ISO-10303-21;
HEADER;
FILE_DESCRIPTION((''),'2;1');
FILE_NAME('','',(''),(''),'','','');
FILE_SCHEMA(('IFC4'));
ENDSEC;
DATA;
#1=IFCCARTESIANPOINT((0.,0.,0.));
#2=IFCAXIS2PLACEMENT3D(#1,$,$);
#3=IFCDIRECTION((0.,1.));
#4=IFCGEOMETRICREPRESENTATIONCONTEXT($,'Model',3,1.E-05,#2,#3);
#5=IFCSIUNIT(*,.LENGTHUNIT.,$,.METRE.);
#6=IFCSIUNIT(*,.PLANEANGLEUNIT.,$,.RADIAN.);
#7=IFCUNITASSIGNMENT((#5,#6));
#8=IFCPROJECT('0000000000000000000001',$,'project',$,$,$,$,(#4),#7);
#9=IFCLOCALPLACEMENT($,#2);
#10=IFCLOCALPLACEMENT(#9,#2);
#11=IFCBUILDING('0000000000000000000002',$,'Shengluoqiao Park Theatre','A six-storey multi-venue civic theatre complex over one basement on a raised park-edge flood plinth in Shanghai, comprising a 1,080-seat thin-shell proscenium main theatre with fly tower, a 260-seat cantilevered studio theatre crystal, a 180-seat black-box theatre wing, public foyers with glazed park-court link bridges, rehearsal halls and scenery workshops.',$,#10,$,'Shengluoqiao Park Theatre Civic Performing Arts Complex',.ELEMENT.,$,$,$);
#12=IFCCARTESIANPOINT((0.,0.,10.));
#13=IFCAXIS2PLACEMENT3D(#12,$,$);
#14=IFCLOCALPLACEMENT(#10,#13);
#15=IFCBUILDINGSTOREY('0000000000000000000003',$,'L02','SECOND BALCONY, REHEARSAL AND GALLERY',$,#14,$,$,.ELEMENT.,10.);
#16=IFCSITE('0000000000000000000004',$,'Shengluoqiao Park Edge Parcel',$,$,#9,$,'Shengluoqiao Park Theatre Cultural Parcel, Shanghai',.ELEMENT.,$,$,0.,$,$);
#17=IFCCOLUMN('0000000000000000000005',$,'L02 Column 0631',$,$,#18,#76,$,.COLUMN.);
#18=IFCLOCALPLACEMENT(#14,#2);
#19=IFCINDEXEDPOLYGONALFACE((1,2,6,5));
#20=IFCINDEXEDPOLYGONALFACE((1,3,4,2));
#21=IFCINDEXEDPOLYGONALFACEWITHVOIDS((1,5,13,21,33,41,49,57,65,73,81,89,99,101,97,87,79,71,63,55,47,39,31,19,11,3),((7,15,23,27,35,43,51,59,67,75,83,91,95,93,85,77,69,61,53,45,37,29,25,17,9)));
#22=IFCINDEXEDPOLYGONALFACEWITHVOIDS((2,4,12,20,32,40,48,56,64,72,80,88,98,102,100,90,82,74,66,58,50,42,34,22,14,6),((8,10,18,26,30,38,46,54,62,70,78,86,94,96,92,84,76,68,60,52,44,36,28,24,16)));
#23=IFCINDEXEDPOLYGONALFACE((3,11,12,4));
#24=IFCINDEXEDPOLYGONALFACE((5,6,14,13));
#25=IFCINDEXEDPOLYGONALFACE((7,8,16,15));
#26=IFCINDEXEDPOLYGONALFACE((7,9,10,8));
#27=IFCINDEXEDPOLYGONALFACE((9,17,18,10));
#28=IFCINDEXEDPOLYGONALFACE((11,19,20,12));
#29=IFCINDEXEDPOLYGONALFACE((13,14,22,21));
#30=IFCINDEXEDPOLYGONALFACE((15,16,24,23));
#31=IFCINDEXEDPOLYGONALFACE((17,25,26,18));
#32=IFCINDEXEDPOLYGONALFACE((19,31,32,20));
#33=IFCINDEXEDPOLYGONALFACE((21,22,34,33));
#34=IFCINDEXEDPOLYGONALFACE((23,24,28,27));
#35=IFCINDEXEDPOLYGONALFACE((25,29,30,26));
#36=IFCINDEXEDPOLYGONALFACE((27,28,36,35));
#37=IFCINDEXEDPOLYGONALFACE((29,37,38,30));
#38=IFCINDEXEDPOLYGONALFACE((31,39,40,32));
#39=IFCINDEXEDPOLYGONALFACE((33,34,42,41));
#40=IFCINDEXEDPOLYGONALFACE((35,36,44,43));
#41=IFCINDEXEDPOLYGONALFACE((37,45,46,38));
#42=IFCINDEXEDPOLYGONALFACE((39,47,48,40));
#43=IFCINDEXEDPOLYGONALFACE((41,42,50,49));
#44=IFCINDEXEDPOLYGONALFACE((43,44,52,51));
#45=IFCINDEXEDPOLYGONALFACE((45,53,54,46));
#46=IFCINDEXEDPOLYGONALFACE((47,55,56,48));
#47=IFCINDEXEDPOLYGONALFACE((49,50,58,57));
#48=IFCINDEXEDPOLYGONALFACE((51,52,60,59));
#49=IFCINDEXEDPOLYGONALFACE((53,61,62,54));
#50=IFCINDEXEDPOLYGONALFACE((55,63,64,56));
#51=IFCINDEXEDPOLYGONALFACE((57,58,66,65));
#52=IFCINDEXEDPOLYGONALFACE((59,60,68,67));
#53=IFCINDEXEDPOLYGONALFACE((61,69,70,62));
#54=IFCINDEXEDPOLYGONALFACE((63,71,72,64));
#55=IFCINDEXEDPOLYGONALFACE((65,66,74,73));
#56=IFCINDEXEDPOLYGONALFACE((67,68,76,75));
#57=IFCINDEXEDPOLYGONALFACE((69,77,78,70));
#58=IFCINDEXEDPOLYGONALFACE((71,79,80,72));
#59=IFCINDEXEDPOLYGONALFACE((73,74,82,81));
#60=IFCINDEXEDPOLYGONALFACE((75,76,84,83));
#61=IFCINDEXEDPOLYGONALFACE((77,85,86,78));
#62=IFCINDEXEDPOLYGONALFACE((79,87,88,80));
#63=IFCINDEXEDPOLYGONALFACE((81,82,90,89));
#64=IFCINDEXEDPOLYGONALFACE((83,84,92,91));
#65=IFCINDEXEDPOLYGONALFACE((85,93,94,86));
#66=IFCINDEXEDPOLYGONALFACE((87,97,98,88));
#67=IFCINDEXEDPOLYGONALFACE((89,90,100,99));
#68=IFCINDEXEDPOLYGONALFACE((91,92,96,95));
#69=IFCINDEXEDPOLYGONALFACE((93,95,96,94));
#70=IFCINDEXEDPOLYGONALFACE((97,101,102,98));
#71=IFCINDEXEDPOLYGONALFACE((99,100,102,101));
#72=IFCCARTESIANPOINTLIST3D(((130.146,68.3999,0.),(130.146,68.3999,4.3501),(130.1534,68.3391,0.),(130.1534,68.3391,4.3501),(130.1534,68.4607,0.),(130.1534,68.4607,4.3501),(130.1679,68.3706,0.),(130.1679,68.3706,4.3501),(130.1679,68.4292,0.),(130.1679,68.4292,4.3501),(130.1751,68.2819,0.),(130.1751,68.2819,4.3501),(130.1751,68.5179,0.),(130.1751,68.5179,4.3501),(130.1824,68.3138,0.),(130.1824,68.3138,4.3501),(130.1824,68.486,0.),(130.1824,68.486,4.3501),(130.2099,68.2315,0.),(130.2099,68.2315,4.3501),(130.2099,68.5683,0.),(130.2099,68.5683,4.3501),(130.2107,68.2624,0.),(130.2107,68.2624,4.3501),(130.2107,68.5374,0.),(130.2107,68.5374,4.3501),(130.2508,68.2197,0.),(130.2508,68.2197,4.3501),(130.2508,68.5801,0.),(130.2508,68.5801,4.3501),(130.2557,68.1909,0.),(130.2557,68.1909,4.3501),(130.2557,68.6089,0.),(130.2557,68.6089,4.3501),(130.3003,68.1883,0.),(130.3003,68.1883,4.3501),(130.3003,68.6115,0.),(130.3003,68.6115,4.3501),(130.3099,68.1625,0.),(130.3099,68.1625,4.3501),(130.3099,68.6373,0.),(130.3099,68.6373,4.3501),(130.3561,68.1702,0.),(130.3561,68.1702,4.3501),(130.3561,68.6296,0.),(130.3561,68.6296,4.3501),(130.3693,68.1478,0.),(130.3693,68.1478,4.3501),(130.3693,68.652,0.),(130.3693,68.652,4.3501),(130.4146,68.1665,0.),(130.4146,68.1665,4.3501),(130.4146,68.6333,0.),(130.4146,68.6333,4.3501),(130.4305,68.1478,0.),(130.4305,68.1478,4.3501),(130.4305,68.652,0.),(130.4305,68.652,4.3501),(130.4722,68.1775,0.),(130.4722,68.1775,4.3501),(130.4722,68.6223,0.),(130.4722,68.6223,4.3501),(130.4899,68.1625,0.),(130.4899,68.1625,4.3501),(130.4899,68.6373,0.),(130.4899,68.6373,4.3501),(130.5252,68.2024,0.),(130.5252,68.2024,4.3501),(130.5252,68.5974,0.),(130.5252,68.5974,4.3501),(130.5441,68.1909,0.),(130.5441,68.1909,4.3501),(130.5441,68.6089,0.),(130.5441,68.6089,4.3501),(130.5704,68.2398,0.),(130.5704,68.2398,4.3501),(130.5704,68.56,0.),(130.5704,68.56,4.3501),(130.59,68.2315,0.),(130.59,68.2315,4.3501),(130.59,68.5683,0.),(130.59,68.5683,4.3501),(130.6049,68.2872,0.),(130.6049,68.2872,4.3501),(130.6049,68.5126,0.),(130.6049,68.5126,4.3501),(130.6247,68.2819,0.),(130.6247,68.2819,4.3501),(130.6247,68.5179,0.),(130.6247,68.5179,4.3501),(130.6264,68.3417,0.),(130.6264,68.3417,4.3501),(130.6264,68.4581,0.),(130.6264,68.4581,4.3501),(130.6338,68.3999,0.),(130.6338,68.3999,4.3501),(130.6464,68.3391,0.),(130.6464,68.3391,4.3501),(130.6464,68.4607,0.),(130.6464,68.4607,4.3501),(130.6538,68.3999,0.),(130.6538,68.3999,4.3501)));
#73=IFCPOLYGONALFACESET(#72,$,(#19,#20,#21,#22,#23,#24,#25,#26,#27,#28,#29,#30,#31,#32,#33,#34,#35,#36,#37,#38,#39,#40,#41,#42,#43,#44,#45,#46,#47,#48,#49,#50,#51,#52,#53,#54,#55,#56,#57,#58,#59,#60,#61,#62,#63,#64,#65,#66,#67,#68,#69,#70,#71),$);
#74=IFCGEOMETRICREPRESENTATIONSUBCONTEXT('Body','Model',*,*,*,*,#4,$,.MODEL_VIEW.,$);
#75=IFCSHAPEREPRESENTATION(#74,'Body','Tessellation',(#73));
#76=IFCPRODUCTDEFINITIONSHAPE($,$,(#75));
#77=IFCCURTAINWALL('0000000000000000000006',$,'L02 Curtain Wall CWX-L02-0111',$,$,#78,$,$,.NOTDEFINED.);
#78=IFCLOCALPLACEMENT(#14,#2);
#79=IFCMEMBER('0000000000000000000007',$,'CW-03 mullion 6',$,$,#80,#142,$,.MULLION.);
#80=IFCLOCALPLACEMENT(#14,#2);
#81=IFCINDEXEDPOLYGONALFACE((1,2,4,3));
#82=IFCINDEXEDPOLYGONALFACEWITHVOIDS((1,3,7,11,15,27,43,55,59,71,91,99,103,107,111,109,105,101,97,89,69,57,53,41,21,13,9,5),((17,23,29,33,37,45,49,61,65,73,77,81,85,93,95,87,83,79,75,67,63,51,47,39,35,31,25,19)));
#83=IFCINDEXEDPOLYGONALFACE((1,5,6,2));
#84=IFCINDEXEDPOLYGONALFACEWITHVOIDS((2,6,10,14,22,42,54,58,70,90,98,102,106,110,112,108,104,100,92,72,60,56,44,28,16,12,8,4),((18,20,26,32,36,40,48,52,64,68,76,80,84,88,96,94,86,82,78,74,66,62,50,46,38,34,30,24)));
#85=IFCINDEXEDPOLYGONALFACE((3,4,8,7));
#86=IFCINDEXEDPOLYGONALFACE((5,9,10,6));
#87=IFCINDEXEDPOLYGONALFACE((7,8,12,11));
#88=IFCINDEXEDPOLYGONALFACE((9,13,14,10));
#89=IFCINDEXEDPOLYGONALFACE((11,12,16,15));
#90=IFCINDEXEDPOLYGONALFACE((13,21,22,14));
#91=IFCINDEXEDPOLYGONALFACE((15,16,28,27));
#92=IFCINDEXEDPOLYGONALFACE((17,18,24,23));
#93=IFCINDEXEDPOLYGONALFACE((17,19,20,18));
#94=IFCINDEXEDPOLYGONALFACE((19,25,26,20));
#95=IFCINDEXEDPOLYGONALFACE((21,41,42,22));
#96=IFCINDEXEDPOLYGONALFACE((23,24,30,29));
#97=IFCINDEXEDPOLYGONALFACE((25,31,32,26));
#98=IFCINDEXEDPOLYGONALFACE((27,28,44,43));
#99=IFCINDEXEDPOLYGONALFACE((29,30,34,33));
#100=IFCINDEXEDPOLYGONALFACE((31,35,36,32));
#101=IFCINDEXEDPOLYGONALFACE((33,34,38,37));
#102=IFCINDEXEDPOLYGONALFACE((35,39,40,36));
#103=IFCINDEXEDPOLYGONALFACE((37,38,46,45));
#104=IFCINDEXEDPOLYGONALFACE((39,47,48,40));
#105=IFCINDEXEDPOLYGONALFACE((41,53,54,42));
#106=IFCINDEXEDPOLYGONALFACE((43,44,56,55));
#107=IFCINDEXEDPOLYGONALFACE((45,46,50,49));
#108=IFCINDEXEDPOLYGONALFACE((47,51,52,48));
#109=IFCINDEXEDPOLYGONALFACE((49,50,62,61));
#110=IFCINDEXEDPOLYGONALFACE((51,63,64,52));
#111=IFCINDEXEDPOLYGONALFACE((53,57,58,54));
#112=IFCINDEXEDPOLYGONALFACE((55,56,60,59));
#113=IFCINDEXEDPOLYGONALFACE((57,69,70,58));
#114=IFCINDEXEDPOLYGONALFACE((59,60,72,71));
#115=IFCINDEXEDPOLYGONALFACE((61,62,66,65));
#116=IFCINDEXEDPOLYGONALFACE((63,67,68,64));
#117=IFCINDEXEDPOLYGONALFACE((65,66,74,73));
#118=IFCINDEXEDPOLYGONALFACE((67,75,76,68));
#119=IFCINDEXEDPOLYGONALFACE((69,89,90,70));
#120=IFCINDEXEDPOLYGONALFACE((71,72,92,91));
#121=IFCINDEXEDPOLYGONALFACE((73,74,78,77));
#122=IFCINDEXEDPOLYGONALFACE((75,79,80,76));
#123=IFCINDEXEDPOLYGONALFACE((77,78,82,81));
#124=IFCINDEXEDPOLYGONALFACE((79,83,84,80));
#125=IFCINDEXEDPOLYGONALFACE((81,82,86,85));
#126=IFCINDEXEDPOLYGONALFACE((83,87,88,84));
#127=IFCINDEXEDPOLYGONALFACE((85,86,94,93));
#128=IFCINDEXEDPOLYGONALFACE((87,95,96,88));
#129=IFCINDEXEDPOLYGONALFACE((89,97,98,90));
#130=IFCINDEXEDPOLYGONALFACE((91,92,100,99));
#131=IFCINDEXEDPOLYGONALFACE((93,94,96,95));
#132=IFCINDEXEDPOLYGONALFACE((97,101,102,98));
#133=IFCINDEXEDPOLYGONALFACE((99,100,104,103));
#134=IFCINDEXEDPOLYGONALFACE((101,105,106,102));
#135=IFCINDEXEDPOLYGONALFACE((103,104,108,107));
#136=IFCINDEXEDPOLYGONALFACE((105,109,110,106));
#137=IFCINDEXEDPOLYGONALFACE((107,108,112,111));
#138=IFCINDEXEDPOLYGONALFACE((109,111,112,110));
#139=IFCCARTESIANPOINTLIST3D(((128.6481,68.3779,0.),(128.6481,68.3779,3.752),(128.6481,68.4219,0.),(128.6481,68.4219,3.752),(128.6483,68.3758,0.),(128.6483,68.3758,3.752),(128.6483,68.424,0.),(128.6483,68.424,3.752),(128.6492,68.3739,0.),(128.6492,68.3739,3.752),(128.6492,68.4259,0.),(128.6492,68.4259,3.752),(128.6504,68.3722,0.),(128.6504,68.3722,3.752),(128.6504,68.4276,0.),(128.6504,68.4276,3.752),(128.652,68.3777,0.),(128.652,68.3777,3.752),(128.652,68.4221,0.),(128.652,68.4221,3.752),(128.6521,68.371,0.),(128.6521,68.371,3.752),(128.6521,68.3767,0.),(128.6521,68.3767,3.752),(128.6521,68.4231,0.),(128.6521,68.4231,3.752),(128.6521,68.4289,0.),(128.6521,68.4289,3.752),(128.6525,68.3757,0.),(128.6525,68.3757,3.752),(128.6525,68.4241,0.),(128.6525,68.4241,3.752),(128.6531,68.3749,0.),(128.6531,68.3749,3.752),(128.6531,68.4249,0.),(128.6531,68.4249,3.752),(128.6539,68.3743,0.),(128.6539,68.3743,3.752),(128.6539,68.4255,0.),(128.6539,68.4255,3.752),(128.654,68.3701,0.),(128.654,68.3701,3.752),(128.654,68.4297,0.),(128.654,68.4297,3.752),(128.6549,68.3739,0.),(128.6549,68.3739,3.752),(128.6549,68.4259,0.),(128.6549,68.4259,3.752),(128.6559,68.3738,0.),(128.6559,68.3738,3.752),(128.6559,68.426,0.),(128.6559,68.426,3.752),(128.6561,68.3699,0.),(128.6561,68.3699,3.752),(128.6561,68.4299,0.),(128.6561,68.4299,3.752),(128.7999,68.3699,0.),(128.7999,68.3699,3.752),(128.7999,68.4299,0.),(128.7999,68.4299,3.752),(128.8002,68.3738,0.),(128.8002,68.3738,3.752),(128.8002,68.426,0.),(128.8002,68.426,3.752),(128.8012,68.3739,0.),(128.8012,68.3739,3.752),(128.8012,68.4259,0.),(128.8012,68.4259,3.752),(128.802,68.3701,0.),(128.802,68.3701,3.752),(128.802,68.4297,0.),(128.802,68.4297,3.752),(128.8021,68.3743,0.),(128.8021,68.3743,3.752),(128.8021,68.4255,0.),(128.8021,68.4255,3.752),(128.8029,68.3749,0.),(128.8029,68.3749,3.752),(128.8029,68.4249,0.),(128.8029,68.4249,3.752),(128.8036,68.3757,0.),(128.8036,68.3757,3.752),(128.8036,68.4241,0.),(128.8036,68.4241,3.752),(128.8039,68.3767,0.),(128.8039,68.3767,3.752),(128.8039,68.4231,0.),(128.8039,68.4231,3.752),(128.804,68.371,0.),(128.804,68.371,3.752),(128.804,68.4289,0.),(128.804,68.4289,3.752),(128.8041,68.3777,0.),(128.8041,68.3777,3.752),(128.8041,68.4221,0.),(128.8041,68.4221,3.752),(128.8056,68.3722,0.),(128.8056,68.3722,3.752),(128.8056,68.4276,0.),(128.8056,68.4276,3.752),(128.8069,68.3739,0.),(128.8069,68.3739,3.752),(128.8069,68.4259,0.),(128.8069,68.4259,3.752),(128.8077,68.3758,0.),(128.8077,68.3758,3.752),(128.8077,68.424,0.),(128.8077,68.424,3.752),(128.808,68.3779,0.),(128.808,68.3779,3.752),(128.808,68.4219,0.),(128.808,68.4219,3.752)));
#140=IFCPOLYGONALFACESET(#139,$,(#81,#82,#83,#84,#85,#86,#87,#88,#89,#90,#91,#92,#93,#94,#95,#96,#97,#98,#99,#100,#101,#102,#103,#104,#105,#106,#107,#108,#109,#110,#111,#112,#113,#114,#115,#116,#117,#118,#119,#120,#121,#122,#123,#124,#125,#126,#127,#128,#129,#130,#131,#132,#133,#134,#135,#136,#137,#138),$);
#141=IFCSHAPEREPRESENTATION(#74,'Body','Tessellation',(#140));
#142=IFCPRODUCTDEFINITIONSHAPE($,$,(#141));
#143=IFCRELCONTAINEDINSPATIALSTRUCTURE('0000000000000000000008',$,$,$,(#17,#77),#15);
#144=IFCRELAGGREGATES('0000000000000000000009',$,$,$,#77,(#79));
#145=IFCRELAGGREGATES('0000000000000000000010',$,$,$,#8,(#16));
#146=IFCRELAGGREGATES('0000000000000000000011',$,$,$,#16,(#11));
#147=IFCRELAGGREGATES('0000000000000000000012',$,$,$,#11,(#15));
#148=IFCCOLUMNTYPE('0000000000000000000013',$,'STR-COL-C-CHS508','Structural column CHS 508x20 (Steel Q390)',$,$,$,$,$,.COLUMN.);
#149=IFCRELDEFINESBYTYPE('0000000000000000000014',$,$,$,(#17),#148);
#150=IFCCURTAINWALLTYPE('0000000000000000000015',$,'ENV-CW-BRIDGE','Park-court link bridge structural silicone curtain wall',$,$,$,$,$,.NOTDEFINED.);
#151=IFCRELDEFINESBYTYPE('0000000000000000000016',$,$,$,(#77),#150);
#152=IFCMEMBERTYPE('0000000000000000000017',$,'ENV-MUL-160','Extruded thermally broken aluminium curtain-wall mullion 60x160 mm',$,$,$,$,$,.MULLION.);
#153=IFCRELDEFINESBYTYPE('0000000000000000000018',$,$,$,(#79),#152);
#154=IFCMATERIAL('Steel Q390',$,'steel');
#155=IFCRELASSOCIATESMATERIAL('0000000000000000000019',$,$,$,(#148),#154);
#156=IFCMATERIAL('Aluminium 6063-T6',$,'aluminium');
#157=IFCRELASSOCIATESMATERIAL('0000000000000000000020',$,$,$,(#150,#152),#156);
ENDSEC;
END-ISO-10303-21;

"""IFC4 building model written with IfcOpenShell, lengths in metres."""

from ifc_helpers import new_model, si_unit, direction, frame, origin, origin_2d, place, context, subcontext, project, spatial, hollow_rectangle, hollow_circle, extrude, material, material_profile, profile_set, type_object, element, aggregate, save


model = new_model("IFC4")

# Units and contexts
model_context = context("Model", 3, precision=1e-05, world=origin(), true_north=direction((0.0, 1.0)))
body_context = subcontext(model_context, "Body", "Model", "MODEL_VIEW")
ifc_project = project(units=[si_unit("LENGTHUNIT", "METRE"), si_unit("PLANEANGLEUNIT", "RADIAN")], contexts=[model_context])

# Site, building, storey
site_placement = place(None, origin())
site = spatial("IfcSite", under=ifc_project, at=site_placement, Name="Shengluoqiao Park Edge Parcel", LongName="Shengluoqiao Park Theatre Cultural Parcel, Shanghai", CompositionType="ELEMENT", RefElevation=0.0)
building_placement = place(site_placement, origin())
building = spatial("IfcBuilding", under=site, at=building_placement, Name="Shengluoqiao Park Theatre", Description="A six-storey multi-venue civic theatre complex over one basement on a raised park-edge flood plinth in Shanghai, comprising a 1,080-seat thin-shell proscenium main theatre with fly tower, a 260-seat cantilevered studio theatre crystal, a 180-seat black-box theatre wing, public foyers with glazed park-court link bridges, rehearsal halls and scenery workshops.", LongName="Shengluoqiao Park Theatre Civic Performing Arts Complex", CompositionType="ELEMENT")
storey_placement = place(building_placement, frame((0.0, 0.0, 10.0)))
storey = spatial("IfcBuildingStorey", under=building, at=storey_placement, Name="L02", Description="SECOND BALCONY, REHEARSAL AND GALLERY", CompositionType="ELEMENT", Elevation=10.0)

# Column
ifc_material_1 = material(Name="Steel Q390", Category="steel")
ifc_material_profile_1 = material_profile(ifc_material_1, hollow_circle(Radius=0.2539, WallThickness=0.02, at=origin_2d()), Name="CHS 508x20")
ifc_profile_set_1 = profile_set([ifc_material_profile_1], Name="Steel Q390")
column_type = type_object("IfcColumnType", Name="STR-COL-C-CHS508", Description="Structural column CHS 508x20 (Steel Q390)", PredefinedType="COLUMN", material=ifc_profile_set_1)
column_placement = place(storey_placement, frame((130.3999, 68.3999, 0.0), z_axis=(0.0, 0.0, 1.0), x_axis=(1.0, 0.0, 0.0)))
element("IfcColumn", 1, at=column_placement, inside=storey, type_object=column_type, Name="L02 Column 0631", PredefinedType="COLUMN", context=body_context, shape_type="SweptSolid", body=[
    extrude(hollow_circle(Radius=0.2539, WallThickness=0.02, at=origin_2d()), origin(), (0.0, 0.0, 1.0), 4.3501),
])

# Curtain wall, member
ifc_material_2 = material(Name="Aluminium 6063-T6", Category="aluminium")
curtain_wall_type = type_object("IfcCurtainWallType", Name="ENV-CW-BRIDGE", Description="Park-court link bridge structural silicone curtain wall", PredefinedType="NOTDEFINED", material=ifc_material_2)
curtain_wall_1_placement = place(storey_placement, origin())
curtain_wall_1 = element("IfcCurtainWall", 2, at=curtain_wall_1_placement, inside=storey, type_object=curtain_wall_type, Name="L02 Curtain Wall CWX-L02-0111", PredefinedType="NOTDEFINED")
ifc_material_profile_2 = material_profile(ifc_material_2, hollow_rectangle(XDim=0.0601, YDim=0.1599, WallThickness=0.0039, InnerFilletRadius=0.0039, OuterFilletRadius=0.0081, at=origin_2d()), Name="ALU MULLION 160x60x4")
ifc_profile_set_2 = profile_set([ifc_material_profile_2], Name="Aluminium 6063-T6")
member_type_1 = type_object("IfcMemberType", Name="ENV-MUL-160", Description="Extruded thermally broken aluminium curtain-wall mullion 60x160 mm", PredefinedType="MULLION", material=ifc_profile_set_2)
member_1_placement = place(storey_placement, frame((128.728, 68.3999, 0.0), z_axis=(0.0, 0.0, 1.0), x_axis=(0.0, 1.0, 0.0)))
member_1 = element("IfcMember", 3, at=member_1_placement, type_object=member_type_1, Name="CW-03 mullion 6", PredefinedType="MULLION", context=body_context, shape_type="SweptSolid", body=[
    extrude(hollow_rectangle(XDim=0.0601, YDim=0.1599, WallThickness=0.0039, InnerFilletRadius=0.0039, OuterFilletRadius=0.0081, at=origin_2d()), origin(), (0.0, 0.0, 1.0), 3.752),
])

aggregate(curtain_wall_1, [member_1])

save(model, "model.ifc")
